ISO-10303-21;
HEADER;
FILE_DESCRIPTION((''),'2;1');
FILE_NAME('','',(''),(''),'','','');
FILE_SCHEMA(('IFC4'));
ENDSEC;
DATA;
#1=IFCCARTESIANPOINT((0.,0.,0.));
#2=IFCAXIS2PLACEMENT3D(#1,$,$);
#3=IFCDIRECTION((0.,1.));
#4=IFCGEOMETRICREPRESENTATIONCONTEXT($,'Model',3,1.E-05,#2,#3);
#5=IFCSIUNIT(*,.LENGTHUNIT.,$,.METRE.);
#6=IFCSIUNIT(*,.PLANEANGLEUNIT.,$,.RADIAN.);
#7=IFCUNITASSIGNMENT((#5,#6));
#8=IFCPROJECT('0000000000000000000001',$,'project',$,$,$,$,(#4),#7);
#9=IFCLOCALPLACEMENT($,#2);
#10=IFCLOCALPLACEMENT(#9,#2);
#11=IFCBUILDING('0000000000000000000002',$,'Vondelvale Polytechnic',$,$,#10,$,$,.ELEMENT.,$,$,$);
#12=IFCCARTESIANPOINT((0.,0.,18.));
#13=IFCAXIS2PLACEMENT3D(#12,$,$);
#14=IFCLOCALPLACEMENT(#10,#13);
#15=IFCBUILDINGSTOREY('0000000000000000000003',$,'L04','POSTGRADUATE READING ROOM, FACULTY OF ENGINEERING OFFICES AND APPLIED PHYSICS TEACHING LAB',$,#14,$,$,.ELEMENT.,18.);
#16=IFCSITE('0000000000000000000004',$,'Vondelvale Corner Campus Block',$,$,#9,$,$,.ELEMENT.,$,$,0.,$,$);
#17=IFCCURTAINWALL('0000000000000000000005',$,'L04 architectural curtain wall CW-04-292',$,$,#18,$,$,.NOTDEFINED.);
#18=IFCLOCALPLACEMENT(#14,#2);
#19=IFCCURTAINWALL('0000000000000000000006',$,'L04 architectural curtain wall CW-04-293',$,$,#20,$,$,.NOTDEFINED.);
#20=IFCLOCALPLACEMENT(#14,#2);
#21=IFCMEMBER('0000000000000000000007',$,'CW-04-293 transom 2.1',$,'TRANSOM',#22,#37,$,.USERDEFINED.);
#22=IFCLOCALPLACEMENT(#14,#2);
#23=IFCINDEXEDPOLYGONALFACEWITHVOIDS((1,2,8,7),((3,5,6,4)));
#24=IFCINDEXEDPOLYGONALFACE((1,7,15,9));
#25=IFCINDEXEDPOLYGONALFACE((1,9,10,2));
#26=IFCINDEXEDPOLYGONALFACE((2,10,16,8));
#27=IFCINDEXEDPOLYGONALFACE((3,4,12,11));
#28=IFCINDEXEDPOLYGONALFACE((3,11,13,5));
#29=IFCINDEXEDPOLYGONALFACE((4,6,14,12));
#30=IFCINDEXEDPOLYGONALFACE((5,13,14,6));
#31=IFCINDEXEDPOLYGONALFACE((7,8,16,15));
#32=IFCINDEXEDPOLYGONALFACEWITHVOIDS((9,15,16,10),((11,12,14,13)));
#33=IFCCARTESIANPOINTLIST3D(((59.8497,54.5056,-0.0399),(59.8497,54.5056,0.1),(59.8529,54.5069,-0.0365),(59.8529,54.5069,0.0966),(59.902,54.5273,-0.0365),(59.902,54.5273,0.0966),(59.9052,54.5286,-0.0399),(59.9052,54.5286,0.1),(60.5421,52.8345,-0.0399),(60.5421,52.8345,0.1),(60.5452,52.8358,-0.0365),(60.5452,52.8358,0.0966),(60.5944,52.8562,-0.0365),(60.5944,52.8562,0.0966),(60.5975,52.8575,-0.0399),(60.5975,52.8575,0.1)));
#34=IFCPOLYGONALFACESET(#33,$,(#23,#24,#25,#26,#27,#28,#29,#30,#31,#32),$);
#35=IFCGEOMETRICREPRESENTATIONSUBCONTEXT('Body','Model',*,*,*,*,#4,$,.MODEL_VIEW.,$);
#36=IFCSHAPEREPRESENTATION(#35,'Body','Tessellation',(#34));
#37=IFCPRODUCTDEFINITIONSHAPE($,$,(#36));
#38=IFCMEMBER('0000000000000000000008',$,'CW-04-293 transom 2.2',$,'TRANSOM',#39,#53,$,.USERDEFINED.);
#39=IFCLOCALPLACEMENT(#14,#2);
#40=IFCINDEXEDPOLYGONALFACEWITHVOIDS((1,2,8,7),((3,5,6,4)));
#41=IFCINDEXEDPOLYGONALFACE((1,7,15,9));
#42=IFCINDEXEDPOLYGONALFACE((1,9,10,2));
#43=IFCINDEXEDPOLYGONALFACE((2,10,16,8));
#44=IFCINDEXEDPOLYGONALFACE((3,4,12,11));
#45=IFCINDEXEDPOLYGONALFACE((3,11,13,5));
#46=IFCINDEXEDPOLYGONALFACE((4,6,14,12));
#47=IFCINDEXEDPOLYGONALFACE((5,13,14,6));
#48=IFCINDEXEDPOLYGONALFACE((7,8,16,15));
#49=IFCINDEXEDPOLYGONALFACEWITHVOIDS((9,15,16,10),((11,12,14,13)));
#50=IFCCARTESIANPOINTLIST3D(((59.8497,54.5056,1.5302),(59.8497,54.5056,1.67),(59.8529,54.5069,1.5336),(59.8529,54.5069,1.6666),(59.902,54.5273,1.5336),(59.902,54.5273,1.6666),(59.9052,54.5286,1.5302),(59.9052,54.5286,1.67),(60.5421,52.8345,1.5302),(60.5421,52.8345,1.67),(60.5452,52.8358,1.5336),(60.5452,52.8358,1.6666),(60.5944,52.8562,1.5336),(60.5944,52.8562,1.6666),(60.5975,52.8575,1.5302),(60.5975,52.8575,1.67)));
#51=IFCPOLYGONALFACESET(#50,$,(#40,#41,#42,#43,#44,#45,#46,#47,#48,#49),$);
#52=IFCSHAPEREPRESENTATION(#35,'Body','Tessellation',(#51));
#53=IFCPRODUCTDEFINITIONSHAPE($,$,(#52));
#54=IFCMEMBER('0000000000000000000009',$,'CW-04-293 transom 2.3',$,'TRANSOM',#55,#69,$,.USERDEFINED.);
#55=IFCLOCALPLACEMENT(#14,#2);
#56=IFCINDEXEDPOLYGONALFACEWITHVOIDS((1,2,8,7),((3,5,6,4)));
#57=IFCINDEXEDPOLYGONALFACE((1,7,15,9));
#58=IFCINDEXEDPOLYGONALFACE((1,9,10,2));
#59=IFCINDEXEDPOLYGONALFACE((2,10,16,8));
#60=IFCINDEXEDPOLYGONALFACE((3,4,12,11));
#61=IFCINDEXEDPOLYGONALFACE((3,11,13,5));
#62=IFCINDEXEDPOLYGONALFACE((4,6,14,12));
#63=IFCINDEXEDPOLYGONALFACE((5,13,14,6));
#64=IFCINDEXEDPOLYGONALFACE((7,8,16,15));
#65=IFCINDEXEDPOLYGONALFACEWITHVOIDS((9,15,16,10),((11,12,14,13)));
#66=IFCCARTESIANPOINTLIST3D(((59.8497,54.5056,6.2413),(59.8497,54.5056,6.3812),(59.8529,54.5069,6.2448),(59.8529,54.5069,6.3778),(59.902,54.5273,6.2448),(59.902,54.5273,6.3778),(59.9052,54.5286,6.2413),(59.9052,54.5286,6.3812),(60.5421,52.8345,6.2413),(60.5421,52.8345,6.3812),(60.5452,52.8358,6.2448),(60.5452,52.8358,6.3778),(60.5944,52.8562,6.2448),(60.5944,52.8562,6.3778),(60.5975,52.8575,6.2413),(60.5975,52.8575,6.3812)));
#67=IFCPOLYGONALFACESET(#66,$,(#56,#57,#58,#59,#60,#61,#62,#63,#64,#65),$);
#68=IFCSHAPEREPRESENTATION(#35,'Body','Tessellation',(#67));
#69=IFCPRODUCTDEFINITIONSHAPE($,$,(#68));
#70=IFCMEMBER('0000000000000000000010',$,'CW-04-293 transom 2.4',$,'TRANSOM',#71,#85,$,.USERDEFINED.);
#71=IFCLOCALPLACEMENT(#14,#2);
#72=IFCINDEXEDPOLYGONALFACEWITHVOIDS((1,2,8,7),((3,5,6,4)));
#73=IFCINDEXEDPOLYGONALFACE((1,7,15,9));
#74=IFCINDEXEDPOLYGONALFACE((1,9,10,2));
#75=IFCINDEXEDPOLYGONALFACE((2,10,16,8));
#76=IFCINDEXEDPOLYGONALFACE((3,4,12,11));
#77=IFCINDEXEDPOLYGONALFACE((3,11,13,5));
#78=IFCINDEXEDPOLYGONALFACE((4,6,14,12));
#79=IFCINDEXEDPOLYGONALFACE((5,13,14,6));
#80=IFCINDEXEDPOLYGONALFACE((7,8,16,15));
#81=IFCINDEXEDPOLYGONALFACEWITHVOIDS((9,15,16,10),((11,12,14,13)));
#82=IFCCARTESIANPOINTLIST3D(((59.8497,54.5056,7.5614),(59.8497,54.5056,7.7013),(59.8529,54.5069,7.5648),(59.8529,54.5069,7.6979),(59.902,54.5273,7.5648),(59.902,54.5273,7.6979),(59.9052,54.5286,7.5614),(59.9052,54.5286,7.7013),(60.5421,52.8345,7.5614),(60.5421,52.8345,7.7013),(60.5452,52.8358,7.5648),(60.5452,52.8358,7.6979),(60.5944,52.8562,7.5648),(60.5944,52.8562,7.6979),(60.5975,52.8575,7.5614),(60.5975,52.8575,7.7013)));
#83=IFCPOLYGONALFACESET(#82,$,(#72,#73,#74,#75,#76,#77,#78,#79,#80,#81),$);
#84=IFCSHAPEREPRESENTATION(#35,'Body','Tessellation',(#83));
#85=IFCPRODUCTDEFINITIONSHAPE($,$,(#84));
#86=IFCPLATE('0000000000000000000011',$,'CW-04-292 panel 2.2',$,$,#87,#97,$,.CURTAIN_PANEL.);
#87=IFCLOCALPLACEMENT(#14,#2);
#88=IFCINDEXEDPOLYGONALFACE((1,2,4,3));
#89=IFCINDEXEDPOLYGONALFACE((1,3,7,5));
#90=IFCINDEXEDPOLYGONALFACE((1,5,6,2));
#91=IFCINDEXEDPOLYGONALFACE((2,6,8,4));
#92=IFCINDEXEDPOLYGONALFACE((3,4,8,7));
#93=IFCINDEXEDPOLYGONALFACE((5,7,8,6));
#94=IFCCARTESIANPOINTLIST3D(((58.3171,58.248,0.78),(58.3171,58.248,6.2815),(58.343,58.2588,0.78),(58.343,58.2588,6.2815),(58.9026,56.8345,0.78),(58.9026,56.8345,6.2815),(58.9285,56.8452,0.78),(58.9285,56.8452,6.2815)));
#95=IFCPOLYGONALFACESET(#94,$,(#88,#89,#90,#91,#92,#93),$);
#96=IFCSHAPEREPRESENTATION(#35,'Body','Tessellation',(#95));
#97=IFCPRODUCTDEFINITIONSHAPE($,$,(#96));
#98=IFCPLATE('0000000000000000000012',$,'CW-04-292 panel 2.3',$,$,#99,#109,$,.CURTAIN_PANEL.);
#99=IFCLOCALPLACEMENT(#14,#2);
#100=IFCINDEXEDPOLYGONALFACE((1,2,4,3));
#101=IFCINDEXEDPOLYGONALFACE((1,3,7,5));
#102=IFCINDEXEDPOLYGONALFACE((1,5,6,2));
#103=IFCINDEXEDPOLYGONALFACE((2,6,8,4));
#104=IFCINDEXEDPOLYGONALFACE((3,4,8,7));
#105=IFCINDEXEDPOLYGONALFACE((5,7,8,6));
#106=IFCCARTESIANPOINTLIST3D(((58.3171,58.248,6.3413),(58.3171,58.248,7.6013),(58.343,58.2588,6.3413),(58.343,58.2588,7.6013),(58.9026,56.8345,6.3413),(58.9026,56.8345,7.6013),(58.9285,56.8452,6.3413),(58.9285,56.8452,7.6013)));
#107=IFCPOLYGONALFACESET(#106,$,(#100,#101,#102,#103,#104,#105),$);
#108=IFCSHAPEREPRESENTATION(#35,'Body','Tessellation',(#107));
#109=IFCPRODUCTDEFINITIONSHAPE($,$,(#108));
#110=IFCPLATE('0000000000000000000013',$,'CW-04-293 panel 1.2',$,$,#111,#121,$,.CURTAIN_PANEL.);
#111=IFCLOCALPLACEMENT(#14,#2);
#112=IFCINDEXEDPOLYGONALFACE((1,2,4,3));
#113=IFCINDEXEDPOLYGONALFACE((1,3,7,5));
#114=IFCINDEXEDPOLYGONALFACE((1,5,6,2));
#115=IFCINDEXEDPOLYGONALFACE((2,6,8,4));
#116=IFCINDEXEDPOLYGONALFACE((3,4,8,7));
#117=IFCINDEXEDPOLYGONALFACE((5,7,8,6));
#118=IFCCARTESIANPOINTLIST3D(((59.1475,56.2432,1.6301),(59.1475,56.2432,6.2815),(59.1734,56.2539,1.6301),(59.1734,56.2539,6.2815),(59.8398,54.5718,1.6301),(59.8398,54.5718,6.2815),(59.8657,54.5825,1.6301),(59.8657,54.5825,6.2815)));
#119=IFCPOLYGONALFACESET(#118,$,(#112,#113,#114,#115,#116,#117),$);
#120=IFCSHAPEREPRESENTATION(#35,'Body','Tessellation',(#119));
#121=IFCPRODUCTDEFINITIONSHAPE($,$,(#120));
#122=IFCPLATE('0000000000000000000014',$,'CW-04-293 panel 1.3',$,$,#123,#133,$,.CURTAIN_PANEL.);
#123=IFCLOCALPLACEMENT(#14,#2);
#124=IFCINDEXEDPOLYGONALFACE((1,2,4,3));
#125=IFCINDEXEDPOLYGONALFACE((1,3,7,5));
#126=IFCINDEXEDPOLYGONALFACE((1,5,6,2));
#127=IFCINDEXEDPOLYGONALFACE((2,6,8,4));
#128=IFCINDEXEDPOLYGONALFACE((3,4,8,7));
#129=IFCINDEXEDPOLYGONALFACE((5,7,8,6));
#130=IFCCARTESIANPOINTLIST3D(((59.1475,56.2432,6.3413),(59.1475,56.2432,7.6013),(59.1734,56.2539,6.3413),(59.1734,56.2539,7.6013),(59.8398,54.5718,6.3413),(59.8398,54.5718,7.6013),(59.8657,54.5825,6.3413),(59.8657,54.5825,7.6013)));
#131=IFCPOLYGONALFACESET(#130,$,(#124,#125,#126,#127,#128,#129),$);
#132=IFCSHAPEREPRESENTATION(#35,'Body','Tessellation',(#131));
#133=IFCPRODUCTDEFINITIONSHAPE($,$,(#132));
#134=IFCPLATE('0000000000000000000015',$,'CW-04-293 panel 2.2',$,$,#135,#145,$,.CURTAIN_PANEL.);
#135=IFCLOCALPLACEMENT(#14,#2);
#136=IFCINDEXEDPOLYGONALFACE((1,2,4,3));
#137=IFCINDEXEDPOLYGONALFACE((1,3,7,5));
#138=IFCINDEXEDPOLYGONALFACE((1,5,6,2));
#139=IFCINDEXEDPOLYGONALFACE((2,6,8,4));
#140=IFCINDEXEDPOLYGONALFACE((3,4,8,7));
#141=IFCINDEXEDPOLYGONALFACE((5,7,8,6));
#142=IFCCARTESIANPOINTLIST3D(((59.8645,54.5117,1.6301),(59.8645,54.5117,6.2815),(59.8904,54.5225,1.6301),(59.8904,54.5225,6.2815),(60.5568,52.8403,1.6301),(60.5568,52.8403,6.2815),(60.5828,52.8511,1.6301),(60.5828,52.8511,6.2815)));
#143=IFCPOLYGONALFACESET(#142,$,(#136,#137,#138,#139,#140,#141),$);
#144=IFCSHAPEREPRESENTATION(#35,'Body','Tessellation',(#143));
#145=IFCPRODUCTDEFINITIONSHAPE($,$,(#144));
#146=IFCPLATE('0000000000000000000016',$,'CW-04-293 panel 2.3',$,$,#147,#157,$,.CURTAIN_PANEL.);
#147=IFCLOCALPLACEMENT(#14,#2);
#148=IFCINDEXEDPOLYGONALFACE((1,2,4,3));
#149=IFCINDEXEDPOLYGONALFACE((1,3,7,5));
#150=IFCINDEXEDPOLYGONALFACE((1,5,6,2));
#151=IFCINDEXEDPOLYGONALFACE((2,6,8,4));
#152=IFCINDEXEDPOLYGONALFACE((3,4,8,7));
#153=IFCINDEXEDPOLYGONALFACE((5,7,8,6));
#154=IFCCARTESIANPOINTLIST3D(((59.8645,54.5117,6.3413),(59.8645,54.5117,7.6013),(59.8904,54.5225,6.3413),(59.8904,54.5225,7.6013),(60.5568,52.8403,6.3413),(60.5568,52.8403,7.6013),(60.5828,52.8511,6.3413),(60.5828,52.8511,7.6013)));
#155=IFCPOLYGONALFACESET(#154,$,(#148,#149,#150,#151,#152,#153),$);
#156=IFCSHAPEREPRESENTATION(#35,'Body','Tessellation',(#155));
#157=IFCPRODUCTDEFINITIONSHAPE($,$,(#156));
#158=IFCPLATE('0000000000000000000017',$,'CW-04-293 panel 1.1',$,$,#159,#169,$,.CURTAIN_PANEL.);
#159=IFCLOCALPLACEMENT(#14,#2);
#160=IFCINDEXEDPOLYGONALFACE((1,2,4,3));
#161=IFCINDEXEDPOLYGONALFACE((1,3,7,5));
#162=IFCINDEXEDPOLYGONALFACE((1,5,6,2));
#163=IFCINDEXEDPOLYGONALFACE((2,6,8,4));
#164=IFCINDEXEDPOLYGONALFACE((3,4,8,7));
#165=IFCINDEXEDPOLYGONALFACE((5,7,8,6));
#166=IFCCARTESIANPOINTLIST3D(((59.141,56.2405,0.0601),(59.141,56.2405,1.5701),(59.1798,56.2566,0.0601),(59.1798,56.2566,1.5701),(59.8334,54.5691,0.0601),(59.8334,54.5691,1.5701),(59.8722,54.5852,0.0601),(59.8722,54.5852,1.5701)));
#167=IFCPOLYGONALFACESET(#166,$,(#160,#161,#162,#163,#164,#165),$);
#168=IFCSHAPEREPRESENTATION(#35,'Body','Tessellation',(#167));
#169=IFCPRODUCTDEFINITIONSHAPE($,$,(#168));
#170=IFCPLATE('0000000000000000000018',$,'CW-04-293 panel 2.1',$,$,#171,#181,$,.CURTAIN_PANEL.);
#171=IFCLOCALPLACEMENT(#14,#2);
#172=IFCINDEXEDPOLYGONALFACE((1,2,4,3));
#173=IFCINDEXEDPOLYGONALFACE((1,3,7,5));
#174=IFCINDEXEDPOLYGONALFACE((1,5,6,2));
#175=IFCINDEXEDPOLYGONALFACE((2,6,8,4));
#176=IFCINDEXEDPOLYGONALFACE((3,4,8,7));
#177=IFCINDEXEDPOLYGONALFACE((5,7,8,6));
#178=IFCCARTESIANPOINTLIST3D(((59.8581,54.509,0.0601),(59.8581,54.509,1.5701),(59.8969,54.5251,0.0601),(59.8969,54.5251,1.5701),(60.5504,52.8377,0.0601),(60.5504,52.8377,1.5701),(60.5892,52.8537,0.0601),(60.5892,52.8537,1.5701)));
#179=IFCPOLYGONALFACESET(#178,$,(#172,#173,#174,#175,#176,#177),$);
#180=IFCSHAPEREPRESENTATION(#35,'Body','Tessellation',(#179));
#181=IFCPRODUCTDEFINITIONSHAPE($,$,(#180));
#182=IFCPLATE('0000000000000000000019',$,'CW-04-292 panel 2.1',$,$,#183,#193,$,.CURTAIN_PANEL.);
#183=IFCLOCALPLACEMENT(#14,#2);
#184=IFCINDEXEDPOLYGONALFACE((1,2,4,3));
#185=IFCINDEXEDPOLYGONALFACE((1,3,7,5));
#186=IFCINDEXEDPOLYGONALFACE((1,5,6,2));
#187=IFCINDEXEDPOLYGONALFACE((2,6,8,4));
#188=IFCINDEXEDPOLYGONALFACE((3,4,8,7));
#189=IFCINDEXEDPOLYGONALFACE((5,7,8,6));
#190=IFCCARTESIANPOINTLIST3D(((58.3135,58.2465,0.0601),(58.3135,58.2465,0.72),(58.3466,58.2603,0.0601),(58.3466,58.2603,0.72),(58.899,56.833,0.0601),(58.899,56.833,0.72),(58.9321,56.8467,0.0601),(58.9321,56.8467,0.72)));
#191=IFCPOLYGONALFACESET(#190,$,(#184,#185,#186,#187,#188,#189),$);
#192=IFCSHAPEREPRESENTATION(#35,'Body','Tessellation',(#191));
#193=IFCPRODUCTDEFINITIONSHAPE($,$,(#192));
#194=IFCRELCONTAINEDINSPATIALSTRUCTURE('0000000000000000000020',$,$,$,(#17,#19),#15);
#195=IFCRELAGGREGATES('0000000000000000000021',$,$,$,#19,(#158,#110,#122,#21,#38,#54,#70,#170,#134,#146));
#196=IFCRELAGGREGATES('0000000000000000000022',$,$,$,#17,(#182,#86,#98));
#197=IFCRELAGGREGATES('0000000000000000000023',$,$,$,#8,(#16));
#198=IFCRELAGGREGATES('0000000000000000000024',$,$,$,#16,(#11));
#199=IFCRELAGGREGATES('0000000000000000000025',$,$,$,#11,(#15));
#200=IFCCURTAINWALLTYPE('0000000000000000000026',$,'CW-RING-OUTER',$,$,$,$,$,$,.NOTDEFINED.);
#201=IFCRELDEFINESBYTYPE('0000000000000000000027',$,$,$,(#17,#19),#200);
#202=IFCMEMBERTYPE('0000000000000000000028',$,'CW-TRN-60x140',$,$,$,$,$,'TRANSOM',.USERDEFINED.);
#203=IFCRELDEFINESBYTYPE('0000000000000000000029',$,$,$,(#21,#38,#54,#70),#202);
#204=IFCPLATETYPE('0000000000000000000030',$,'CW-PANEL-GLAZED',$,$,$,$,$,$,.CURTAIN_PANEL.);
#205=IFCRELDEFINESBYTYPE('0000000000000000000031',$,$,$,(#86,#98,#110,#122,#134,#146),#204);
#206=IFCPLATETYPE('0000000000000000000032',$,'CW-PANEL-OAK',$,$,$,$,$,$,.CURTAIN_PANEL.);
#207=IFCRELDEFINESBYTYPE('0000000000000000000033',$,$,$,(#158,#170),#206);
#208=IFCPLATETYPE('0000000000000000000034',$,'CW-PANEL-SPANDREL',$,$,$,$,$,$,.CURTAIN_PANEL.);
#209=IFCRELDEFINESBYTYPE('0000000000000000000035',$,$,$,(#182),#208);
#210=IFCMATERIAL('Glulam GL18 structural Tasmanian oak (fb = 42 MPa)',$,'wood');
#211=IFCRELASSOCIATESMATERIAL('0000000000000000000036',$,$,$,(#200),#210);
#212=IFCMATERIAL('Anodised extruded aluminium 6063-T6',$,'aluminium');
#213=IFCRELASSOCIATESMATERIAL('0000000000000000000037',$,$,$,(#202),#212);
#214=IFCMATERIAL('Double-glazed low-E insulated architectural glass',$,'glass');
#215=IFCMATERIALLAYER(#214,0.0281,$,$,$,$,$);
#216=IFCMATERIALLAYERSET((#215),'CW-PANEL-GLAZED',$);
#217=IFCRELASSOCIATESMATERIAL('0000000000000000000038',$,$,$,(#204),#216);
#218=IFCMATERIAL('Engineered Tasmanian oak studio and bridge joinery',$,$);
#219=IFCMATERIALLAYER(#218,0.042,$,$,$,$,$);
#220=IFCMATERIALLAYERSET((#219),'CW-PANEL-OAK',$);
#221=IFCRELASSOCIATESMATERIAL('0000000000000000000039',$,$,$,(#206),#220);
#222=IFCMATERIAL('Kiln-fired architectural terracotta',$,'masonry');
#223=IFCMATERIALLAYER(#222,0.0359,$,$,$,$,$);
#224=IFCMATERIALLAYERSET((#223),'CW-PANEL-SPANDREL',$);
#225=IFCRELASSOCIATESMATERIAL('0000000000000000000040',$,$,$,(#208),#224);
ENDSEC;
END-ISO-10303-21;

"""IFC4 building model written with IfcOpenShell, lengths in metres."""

from ifc_helpers import new_model, si_unit, direction, frame, origin, origin_2d, place, context, subcontext, project, spatial, rectangle, hollow_rectangle, extrude, material, layer, layer_set, material_profile, profile_set, type_object, element, aggregate, save


model = new_model("IFC4")

# Units and contexts
model_context = context("Model", 3, precision=1e-05, world=origin(), true_north=direction((0.0, 1.0)))
body_context = subcontext(model_context, "Body", "Model", "MODEL_VIEW")
ifc_project = project(units=[si_unit("LENGTHUNIT", "METRE"), si_unit("PLANEANGLEUNIT", "RADIAN")], contexts=[model_context])

# Site, building, storey
site_placement = place(None, origin())
site = spatial("IfcSite", under=ifc_project, at=site_placement, Name="Vondelvale Corner Campus Block", CompositionType="ELEMENT", RefElevation=0.0)
building_placement = place(site_placement, origin())
building = spatial("IfcBuilding", under=site, at=building_placement, Name="Vondelvale Polytechnic", CompositionType="ELEMENT")
storey_placement = place(building_placement, frame((0.0, 0.0, 18.0)))
storey = spatial("IfcBuildingStorey", under=building, at=storey_placement, Name="L04", Description="POSTGRADUATE READING ROOM, FACULTY OF ENGINEERING OFFICES AND APPLIED PHYSICS TEACHING LAB", CompositionType="ELEMENT", Elevation=18.0)

# Shared definitions
ifc_material_1 = material(Name="Glulam GL18 structural Tasmanian oak (fb = 42 MPa)", Category="wood")

# Curtain wall
curtain_wall_type = type_object("IfcCurtainWallType", Name="CW-RING-OUTER", PredefinedType="NOTDEFINED", material=ifc_material_1)
curtain_wall_1_placement = place(storey_placement, origin())
curtain_wall_1 = element("IfcCurtainWall", 1, at=curtain_wall_1_placement, inside=storey, type_object=curtain_wall_type, Name="L04 architectural curtain wall CW-04-292", PredefinedType="NOTDEFINED")
ifc_material_2 = material(Name="Anodised extruded aluminium 6063-T6", Category="aluminium")

# Curtain wall
curtain_wall_2_placement = place(storey_placement, origin())
curtain_wall_2 = element("IfcCurtainWall", 2, at=curtain_wall_2_placement, inside=storey, type_object=curtain_wall_type, Name="L04 architectural curtain wall CW-04-293", PredefinedType="NOTDEFINED")

# Members
ifc_material_profile_1 = material_profile(ifc_material_2, hollow_rectangle(XDim=0.0601, YDim=0.1399, WallThickness=0.0034, at=origin_2d()), Name="CW-TRN-140x60")
ifc_profile_set_1 = profile_set([ifc_material_profile_1], Name="Anodised extruded aluminium 6063-T6")
member_type_1 = type_object("IfcMemberType", Name="CW-TRN-60x140", ElementType="TRANSOM", PredefinedType="USERDEFINED", material=ifc_profile_set_1)
member_1_placement = place(storey_placement, frame((59.8774, 54.5171, 0.03), z_axis=(0.382765, -0.923846, 0.0), x_axis=(0.923846, 0.382765, 0.0)))
member_1 = element("IfcMember", 3, at=member_1_placement, type_object=member_type_1, Name="CW-04-293 transom 2.1", ObjectType="TRANSOM", PredefinedType="USERDEFINED", context=body_context, shape_type="SweptSolid", body=[
    extrude(hollow_rectangle(XDim=0.0601, YDim=0.1399, WallThickness=0.0034, at=origin_2d()), origin(), (0.0, 0.0, 1.0), 1.8088),
])
member_2_placement = place(storey_placement, frame((59.8774, 54.5171, 1.6001), z_axis=(0.382765, -0.923846, 0.0), x_axis=(0.923846, 0.382765, 0.0)))
member_2 = element("IfcMember", 4, at=member_2_placement, type_object=member_type_1, Name="CW-04-293 transom 2.2", ObjectType="TRANSOM", PredefinedType="USERDEFINED", context=body_context, shape_type="SweptSolid", body=[
    extrude(hollow_rectangle(XDim=0.0601, YDim=0.1399, WallThickness=0.0034, at=origin_2d()), origin(), (0.0, 0.0, 1.0), 1.8088),
])
member_3_placement = place(storey_placement, frame((59.8774, 54.5171, 6.3113), z_axis=(0.382765, -0.923846, 0.0), x_axis=(0.923846, 0.382765, 0.0)))
member_3 = element("IfcMember", 5, at=member_3_placement, type_object=member_type_1, Name="CW-04-293 transom 2.3", ObjectType="TRANSOM", PredefinedType="USERDEFINED", context=body_context, shape_type="SweptSolid", body=[
    extrude(hollow_rectangle(XDim=0.0601, YDim=0.1399, WallThickness=0.0034, at=origin_2d()), origin(), (0.0, 0.0, 1.0), 1.8088),
])
member_4_placement = place(storey_placement, frame((59.8774, 54.5171, 7.6313), z_axis=(0.382765, -0.923846, 0.0), x_axis=(0.923846, 0.382765, 0.0)))
member_4 = element("IfcMember", 6, at=member_4_placement, type_object=member_type_1, Name="CW-04-293 transom 2.4", ObjectType="TRANSOM", PredefinedType="USERDEFINED", context=body_context, shape_type="SweptSolid", body=[
    extrude(hollow_rectangle(XDim=0.0601, YDim=0.1399, WallThickness=0.0034, at=origin_2d()), origin(), (0.0, 0.0, 1.0), 1.8088),
])

# Plates
ifc_material_3 = material(Name="Double-glazed low-E insulated architectural glass", Category="glass")
ifc_layer_1 = layer(ifc_material_3, 0.0281)
ifc_layer_set_1 = layer_set([ifc_layer_1], Name="CW-PANEL-GLAZED")
plate_type_1 = type_object("IfcPlateType", Name="CW-PANEL-GLAZED", PredefinedType="CURTAIN_PANEL", material=ifc_layer_set_1)
plate_1_placement = place(storey_placement, frame((58.6228, 57.5466, 0.78), z_axis=(0.0, 0.0, 1.0), x_axis=(0.382677, -0.923882, 0.0)))
plate_1 = element("IfcPlate", 7, at=plate_1_placement, type_object=plate_type_1, Name="CW-04-292 panel 2.2", PredefinedType="CURTAIN_PANEL", context=body_context, shape_type="SweptSolid", body=[
    extrude(rectangle(XDim=1.53, YDim=0.0281, at=origin_2d()), origin(), (0.0, 0.0, 1.0), 5.5015),
])
plate_2_placement = place(storey_placement, frame((58.6228, 57.5466, 6.3413), z_axis=(0.0, 0.0, 1.0), x_axis=(0.382677, -0.923882, 0.0)))
plate_2 = element("IfcPlate", 8, at=plate_2_placement, type_object=plate_type_1, Name="CW-04-292 panel 2.3", PredefinedType="CURTAIN_PANEL", context=body_context, shape_type="SweptSolid", body=[
    extrude(rectangle(XDim=1.53, YDim=0.0281, at=origin_2d()), origin(), (0.0, 0.0, 1.0), 1.26),
])
plate_3_placement = place(storey_placement, frame((59.5066, 55.4128, 1.6301), z_axis=(0.0, 0.0, 1.0), x_axis=(0.382695, -0.923875, 0.0)))
plate_3 = element("IfcPlate", 9, at=plate_3_placement, type_object=plate_type_1, Name="CW-04-293 panel 1.2", PredefinedType="CURTAIN_PANEL", context=body_context, shape_type="SweptSolid", body=[
    extrude(rectangle(XDim=1.8091, YDim=0.0281, at=origin_2d()), origin(), (0.0, 0.0, 1.0), 4.6514),
])
plate_4_placement = place(storey_placement, frame((59.5066, 55.4128, 6.3413), z_axis=(0.0, 0.0, 1.0), x_axis=(0.382695, -0.923875, 0.0)))
plate_4 = element("IfcPlate", 10, at=plate_4_placement, type_object=plate_type_1, Name="CW-04-293 panel 1.3", PredefinedType="CURTAIN_PANEL", context=body_context, shape_type="SweptSolid", body=[
    extrude(rectangle(XDim=1.8091, YDim=0.0281, at=origin_2d()), origin(), (0.0, 0.0, 1.0), 1.26),
])
plate_5_placement = place(storey_placement, frame((60.2236, 53.6814, 1.6301), z_axis=(0.0, 0.0, 1.0), x_axis=(0.382695, -0.923875, 0.0)))
plate_5 = element("IfcPlate", 11, at=plate_5_placement, type_object=plate_type_1, Name="CW-04-293 panel 2.2", PredefinedType="CURTAIN_PANEL", context=body_context, shape_type="SweptSolid", body=[
    extrude(rectangle(XDim=1.8091, YDim=0.0281, at=origin_2d()), origin(), (0.0, 0.0, 1.0), 4.6514),
])
plate_6_placement = place(storey_placement, frame((60.2236, 53.6814, 6.3413), z_axis=(0.0, 0.0, 1.0), x_axis=(0.382695, -0.923875, 0.0)))
plate_6 = element("IfcPlate", 12, at=plate_6_placement, type_object=plate_type_1, Name="CW-04-293 panel 2.3", PredefinedType="CURTAIN_PANEL", context=body_context, shape_type="SweptSolid", body=[
    extrude(rectangle(XDim=1.8091, YDim=0.0281, at=origin_2d()), origin(), (0.0, 0.0, 1.0), 1.26),
])
ifc_material_4 = material(Name="Engineered Tasmanian oak studio and bridge joinery")
ifc_layer_2 = layer(ifc_material_4, 0.042)
ifc_layer_set_2 = layer_set([ifc_layer_2], Name="CW-PANEL-OAK")
plate_type_2 = type_object("IfcPlateType", Name="CW-PANEL-OAK", PredefinedType="CURTAIN_PANEL", material=ifc_layer_set_2)
plate_7_placement = place(storey_placement, frame((59.5066, 55.4128, 0.0601), z_axis=(0.0, 0.0, 1.0), x_axis=(0.382695, -0.923875, 0.0)))
plate_7 = element("IfcPlate", 13, at=plate_7_placement, type_object=plate_type_2, Name="CW-04-293 panel 1.1", PredefinedType="CURTAIN_PANEL", context=body_context, shape_type="SweptSolid", body=[
    extrude(rectangle(XDim=1.8091, YDim=0.042, at=origin_2d()), origin(), (0.0, 0.0, 1.0), 1.51),
])
plate_8_placement = place(storey_placement, frame((60.2236, 53.6814, 0.0601), z_axis=(0.0, 0.0, 1.0), x_axis=(0.382695, -0.923875, 0.0)))
plate_8 = element("IfcPlate", 14, at=plate_8_placement, type_object=plate_type_2, Name="CW-04-293 panel 2.1", PredefinedType="CURTAIN_PANEL", context=body_context, shape_type="SweptSolid", body=[
    extrude(rectangle(XDim=1.8091, YDim=0.042, at=origin_2d()), origin(), (0.0, 0.0, 1.0), 1.51),
])
aggregate(curtain_wall_2, [plate_7, plate_3, plate_4, member_1, member_2, member_3, member_4, plate_8, plate_5, plate_6])
ifc_material_5 = material(Name="Kiln-fired architectural terracotta", Category="masonry")
ifc_layer_3 = layer(ifc_material_5, 0.0359)
ifc_layer_set_3 = layer_set([ifc_layer_3], Name="CW-PANEL-SPANDREL")
plate_type_3 = type_object("IfcPlateType", Name="CW-PANEL-SPANDREL", PredefinedType="CURTAIN_PANEL", material=ifc_layer_set_3)
plate_9_placement = place(storey_placement, frame((58.6228, 57.5466, 0.0601), z_axis=(0.0, 0.0, 1.0), x_axis=(0.382677, -0.923882, 0.0)))
plate_9 = element("IfcPlate", 15, at=plate_9_placement, type_object=plate_type_3, Name="CW-04-292 panel 2.1", PredefinedType="CURTAIN_PANEL", context=body_context, shape_type="SweptSolid", body=[
    extrude(rectangle(XDim=1.53, YDim=0.0359, at=origin_2d()), origin(), (0.0, 0.0, 1.0), 0.6599),
])
aggregate(curtain_wall_1, [plate_9, plate_1, plate_2])

save(model, "model.ifc")
